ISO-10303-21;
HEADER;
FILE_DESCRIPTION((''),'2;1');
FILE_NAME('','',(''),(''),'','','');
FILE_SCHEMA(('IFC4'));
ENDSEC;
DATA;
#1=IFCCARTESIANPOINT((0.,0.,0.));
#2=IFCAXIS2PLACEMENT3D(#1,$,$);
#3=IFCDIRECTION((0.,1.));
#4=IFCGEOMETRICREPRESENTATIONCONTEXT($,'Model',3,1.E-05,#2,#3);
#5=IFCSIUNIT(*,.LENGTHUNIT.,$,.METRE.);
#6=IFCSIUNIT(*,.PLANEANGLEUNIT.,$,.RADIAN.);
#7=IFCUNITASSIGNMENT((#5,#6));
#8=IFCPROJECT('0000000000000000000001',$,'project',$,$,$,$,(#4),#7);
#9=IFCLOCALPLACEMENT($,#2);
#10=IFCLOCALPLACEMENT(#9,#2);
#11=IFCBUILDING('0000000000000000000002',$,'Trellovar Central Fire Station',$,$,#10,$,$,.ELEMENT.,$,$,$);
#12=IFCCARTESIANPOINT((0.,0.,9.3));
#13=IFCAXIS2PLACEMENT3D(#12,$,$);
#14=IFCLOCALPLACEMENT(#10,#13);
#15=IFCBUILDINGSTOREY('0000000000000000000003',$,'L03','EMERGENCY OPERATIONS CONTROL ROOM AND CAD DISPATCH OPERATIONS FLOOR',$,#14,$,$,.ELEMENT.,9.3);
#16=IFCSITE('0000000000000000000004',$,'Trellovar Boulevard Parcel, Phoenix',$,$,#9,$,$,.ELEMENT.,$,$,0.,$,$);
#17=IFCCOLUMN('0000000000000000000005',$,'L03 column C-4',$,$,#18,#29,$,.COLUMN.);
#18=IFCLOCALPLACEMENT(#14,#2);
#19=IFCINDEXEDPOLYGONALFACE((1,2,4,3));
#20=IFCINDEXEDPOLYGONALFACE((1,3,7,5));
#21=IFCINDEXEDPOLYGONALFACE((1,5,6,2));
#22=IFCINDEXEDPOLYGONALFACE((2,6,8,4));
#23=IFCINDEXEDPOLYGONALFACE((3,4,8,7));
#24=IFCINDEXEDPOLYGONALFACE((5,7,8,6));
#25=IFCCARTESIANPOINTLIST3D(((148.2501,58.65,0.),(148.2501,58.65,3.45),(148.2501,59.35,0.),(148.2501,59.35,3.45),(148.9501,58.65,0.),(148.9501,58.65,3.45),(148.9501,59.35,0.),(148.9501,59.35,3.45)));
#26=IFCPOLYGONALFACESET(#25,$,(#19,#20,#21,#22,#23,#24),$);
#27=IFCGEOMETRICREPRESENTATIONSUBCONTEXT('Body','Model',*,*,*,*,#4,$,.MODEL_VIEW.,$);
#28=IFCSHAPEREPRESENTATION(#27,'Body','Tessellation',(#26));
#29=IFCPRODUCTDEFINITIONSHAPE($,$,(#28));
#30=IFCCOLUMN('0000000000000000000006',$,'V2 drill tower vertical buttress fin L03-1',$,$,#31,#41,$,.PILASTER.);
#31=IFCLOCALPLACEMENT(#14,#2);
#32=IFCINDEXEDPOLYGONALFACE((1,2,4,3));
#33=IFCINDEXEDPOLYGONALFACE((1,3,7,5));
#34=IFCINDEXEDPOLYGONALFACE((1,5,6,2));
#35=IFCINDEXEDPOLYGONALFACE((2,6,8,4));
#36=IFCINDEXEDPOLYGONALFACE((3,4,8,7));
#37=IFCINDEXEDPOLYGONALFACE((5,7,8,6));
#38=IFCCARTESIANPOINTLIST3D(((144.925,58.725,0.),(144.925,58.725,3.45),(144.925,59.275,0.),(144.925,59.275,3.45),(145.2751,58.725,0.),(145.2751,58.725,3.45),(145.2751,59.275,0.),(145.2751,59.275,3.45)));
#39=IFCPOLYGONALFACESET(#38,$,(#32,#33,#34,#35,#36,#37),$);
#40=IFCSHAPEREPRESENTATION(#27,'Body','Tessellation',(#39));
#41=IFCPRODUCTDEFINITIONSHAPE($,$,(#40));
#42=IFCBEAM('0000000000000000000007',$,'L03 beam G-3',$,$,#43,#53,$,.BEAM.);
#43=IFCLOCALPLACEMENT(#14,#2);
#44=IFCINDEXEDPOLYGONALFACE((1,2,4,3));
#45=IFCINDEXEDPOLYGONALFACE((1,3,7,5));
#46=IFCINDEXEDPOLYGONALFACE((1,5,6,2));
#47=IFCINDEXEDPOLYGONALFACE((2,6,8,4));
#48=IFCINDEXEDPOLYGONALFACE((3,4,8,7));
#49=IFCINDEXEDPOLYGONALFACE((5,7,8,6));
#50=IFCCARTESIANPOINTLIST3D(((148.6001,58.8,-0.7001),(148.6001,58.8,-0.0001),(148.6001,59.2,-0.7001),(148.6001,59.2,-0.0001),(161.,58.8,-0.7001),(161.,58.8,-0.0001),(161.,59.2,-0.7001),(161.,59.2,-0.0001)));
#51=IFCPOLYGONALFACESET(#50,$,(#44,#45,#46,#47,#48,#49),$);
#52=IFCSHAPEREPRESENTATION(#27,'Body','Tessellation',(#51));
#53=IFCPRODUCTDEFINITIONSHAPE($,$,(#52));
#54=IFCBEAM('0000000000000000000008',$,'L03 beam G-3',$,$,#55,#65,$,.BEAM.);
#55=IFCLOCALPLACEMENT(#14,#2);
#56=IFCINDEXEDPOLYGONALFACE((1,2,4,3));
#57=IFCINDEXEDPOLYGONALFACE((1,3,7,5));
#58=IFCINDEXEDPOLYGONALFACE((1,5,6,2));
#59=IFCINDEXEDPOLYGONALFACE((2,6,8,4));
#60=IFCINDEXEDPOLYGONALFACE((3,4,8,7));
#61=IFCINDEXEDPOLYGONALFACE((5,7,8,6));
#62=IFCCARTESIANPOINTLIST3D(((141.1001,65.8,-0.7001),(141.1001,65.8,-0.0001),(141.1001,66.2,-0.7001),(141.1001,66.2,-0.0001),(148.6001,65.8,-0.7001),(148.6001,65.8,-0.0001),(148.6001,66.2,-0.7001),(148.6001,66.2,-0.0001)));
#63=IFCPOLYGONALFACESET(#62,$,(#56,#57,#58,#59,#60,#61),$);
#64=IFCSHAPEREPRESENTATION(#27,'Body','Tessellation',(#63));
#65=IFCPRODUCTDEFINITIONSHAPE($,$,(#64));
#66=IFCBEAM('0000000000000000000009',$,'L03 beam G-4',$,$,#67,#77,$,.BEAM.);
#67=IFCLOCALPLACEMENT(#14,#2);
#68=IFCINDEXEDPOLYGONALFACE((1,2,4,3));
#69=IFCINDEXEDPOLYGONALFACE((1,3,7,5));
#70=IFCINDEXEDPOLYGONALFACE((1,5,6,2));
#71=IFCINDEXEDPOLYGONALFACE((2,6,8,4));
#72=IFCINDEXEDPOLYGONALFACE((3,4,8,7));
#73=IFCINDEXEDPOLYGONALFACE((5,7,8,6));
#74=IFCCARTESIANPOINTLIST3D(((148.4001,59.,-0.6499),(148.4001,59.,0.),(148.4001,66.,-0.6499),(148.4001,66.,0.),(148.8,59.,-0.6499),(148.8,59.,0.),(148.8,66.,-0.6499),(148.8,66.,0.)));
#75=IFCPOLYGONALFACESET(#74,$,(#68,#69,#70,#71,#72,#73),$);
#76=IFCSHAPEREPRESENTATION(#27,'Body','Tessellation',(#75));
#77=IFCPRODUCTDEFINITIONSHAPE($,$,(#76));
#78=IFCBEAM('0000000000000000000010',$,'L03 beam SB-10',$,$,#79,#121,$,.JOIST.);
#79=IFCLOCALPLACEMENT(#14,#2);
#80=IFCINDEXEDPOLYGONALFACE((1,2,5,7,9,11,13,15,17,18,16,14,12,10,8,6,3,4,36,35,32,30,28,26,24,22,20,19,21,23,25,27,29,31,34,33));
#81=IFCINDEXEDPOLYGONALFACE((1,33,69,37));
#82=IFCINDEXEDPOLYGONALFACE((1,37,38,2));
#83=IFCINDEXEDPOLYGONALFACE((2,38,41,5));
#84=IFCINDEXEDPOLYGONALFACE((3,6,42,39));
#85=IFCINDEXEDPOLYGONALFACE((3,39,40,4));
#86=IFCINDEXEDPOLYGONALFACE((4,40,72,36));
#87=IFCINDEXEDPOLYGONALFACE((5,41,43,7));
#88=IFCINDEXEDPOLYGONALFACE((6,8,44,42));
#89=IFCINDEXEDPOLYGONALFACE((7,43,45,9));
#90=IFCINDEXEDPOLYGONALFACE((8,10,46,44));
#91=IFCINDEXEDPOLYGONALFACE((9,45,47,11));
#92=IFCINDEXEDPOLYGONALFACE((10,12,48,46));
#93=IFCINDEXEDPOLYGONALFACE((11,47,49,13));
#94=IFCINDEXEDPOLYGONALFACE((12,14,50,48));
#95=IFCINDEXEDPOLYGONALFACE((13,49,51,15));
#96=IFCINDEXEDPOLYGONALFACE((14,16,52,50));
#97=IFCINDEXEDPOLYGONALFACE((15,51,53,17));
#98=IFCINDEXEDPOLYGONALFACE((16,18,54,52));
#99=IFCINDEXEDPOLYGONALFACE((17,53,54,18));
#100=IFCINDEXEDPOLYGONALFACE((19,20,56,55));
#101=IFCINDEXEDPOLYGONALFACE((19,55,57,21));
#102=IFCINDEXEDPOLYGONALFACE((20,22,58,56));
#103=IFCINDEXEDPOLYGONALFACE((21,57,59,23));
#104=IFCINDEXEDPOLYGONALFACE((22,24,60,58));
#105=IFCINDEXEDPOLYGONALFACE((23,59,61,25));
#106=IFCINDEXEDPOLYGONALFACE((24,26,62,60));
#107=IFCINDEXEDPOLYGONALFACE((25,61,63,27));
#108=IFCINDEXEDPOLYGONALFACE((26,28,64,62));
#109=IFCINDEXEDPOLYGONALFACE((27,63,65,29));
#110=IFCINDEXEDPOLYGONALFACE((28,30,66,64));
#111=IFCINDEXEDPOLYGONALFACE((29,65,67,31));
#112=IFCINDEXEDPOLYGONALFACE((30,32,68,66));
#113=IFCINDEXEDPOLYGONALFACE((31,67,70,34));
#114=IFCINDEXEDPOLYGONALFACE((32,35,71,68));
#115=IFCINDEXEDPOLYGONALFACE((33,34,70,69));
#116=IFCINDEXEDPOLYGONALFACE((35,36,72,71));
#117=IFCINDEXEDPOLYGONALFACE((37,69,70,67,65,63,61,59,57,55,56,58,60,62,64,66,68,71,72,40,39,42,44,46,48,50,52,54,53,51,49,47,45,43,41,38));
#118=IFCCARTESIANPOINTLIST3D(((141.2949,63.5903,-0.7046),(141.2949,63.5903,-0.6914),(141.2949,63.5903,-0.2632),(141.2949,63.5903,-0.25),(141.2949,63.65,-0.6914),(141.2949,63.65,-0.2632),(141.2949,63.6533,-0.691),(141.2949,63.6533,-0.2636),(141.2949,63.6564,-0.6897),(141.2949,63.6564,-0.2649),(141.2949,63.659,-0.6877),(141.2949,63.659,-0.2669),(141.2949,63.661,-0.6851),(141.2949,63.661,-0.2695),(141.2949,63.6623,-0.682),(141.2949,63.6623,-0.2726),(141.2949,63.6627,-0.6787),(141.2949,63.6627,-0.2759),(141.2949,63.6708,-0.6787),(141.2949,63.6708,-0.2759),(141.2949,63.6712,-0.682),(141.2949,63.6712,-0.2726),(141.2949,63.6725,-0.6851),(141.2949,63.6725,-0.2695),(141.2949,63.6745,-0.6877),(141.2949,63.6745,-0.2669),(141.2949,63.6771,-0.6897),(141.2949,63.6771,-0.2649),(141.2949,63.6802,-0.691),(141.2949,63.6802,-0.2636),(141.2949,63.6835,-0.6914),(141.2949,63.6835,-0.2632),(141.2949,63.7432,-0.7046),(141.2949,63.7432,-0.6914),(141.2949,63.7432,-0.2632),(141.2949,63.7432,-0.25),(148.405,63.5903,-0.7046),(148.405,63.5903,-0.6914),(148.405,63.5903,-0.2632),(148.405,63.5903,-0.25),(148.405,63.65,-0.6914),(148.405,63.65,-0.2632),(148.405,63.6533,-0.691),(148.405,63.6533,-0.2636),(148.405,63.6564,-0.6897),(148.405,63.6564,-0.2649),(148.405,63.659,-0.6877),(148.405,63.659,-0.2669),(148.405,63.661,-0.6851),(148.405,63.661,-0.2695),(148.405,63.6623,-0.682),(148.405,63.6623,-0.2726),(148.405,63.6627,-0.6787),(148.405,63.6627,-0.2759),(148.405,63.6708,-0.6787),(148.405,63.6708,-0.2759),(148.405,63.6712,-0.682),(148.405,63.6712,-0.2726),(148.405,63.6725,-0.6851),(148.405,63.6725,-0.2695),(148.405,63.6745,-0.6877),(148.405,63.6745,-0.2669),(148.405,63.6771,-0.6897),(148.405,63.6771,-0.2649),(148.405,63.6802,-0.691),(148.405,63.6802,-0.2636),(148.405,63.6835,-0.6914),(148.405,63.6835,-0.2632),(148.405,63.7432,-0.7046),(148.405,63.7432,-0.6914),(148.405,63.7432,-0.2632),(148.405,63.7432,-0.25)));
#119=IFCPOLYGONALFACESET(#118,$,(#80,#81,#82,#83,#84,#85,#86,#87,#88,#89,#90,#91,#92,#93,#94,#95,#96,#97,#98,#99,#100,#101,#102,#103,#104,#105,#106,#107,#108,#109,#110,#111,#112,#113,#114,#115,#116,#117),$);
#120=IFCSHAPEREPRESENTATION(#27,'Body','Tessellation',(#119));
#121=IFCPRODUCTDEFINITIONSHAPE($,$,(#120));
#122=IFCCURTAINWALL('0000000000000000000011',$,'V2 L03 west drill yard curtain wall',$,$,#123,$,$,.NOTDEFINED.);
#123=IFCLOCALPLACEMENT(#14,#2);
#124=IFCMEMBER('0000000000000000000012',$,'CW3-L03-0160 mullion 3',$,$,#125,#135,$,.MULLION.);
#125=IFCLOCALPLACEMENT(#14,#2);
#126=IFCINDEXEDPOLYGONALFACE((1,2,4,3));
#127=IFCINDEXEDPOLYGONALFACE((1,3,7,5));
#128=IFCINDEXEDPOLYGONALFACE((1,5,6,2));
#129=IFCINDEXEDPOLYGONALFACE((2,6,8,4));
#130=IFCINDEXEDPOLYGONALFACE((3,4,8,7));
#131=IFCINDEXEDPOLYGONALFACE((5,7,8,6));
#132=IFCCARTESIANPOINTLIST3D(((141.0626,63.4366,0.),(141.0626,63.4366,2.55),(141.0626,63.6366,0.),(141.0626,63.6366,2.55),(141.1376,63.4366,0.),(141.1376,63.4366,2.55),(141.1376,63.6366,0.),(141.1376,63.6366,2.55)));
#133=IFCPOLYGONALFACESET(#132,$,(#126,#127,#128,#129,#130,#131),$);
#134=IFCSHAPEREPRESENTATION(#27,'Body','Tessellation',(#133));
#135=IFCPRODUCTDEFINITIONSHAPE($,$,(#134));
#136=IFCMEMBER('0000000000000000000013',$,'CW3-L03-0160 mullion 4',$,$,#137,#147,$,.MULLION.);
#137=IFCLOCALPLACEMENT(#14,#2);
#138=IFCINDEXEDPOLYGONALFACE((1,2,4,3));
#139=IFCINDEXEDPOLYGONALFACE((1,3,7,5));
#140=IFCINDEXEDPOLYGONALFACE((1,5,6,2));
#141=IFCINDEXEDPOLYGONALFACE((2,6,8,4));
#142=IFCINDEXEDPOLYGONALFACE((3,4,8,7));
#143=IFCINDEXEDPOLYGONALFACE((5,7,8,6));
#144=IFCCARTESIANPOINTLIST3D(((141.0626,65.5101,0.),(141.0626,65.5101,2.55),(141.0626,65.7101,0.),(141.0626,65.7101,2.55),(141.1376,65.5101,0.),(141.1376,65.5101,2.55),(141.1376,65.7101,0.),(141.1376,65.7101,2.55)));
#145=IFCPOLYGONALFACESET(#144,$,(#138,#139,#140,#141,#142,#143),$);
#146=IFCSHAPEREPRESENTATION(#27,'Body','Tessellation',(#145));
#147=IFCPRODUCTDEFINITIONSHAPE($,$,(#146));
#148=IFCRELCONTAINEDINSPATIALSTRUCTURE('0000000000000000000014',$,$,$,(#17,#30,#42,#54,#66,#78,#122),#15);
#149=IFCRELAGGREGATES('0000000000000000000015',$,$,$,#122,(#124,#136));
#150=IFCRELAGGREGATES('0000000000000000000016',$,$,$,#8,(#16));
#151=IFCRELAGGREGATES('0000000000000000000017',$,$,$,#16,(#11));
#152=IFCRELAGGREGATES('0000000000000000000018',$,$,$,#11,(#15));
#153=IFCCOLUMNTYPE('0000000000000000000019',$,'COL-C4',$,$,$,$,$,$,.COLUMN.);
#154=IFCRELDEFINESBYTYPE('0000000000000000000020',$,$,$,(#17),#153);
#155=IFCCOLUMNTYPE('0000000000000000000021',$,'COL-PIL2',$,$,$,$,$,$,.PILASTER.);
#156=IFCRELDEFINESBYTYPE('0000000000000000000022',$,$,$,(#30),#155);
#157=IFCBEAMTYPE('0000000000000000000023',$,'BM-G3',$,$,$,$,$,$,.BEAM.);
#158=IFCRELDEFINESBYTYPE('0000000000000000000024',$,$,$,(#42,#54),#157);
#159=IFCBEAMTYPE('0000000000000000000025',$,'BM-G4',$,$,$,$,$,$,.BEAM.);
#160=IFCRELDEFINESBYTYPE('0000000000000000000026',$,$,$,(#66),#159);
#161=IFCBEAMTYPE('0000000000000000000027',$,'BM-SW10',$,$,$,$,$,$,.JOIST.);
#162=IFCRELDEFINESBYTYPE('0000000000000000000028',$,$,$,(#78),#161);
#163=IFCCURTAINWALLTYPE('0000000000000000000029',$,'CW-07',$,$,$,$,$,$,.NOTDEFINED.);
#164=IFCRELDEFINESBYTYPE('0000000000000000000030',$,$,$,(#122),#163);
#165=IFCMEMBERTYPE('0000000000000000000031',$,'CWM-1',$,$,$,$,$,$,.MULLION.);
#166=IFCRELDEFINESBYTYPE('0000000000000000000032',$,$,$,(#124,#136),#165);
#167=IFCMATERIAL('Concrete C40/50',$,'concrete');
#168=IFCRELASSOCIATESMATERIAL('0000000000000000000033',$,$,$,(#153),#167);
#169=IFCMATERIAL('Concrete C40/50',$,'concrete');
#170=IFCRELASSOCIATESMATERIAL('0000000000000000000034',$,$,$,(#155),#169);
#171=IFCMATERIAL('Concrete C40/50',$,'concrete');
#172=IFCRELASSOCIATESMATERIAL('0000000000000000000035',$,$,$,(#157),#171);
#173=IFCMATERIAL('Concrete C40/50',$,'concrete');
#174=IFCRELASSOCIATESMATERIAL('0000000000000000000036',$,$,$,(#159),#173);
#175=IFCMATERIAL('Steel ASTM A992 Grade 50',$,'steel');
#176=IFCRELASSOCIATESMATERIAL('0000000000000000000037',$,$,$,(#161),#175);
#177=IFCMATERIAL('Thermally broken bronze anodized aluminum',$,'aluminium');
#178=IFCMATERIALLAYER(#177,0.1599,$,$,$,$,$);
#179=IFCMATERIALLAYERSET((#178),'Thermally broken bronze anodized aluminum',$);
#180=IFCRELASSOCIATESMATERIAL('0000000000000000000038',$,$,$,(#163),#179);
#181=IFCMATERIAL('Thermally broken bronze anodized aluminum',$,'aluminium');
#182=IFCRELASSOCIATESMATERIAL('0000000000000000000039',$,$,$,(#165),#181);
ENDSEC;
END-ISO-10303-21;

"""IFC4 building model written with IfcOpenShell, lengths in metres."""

from ifc_helpers import new_model, si_unit, direction, frame, origin, origin_2d, place, context, subcontext, project, spatial, rectangle, i_section, extrude, material, layer, layer_set, material_profile, profile_set, type_object, element, aggregate, save


model = new_model("IFC4")

# Units and contexts
model_context = context("Model", 3, precision=1e-05, world=origin(), true_north=direction((0.0, 1.0)))
body_context = subcontext(model_context, "Body", "Model", "MODEL_VIEW")
ifc_project = project(units=[si_unit("LENGTHUNIT", "METRE"), si_unit("PLANEANGLEUNIT", "RADIAN")], contexts=[model_context])

# Site, building, storey
site_placement = place(None, origin())
site = spatial("IfcSite", under=ifc_project, at=site_placement, Name="Trellovar Boulevard Parcel, Phoenix", CompositionType="ELEMENT", RefElevation=0.0)
building_placement = place(site_placement, origin())
building = spatial("IfcBuilding", under=site, at=building_placement, Name="Trellovar Central Fire Station", CompositionType="ELEMENT")
storey_placement = place(building_placement, frame((0.0, 0.0, 9.3)))
storey = spatial("IfcBuildingStorey", under=building, at=storey_placement, Name="L03", Description="EMERGENCY OPERATIONS CONTROL ROOM AND CAD DISPATCH OPERATIONS FLOOR", CompositionType="ELEMENT", Elevation=9.3)

# Columns
ifc_material_1 = material(Name="Concrete C40/50", Category="concrete")
ifc_material_profile_1 = material_profile(ifc_material_1, rectangle(XDim=0.7, YDim=0.7, at=origin_2d()), Name="RC700X700")
ifc_profile_set_1 = profile_set([ifc_material_profile_1], Name="Concrete C40/50")
column_type_1 = type_object("IfcColumnType", Name="COL-C4", PredefinedType="COLUMN", material=ifc_profile_set_1)
column_1_placement = place(storey_placement, frame((148.6001, 59.0, 0.0), z_axis=(0.0, 0.0, 1.0), x_axis=(1.0, 0.0, 0.0)))
element("IfcColumn", 1, at=column_1_placement, inside=storey, type_object=column_type_1, Name="L03 column C-4", PredefinedType="COLUMN", context=body_context, shape_type="SweptSolid", body=[
    extrude(rectangle(XDim=0.7, YDim=0.7, at=origin_2d()), origin(), (0.0, 0.0, 1.0), 3.45),
])
ifc_material_2 = material(Name="Concrete C40/50", Category="concrete")
ifc_material_profile_2 = material_profile(ifc_material_2, rectangle(XDim=0.3501, YDim=0.55, at=origin_2d()), Name="RC350X550")
ifc_profile_set_2 = profile_set([ifc_material_profile_2], Name="Concrete C40/50")
column_type_2 = type_object("IfcColumnType", Name="COL-PIL2", PredefinedType="PILASTER", material=ifc_profile_set_2)
column_2_placement = place(storey_placement, frame((145.1001, 59.0, 0.0), z_axis=(0.0, 0.0, 1.0), x_axis=(1.0, 0.0, 0.0)))
element("IfcColumn", 2, at=column_2_placement, inside=storey, type_object=column_type_2, Name="V2 drill tower vertical buttress fin L03-1", PredefinedType="PILASTER", context=body_context, shape_type="SweptSolid", body=[
    extrude(rectangle(XDim=0.3501, YDim=0.55, at=origin_2d()), origin(), (0.0, 0.0, 1.0), 3.45),
])

# Beams
ifc_material_3 = material(Name="Concrete C40/50", Category="concrete")
ifc_material_profile_3 = material_profile(ifc_material_3, rectangle(XDim=0.3999, YDim=0.7, at=origin_2d()), Name="RC400X700")
ifc_profile_set_3 = profile_set([ifc_material_profile_3], Name="Concrete C40/50")
beam_type_1 = type_object("IfcBeamType", Name="BM-G3", PredefinedType="BEAM", material=ifc_profile_set_3)
beam_1_placement = place(storey_placement, frame((148.6001, 59.0, -0.3501), z_axis=(1.0, 0.0, 0.0), x_axis=(0.0, 1.0, 0.0)))
element("IfcBeam", 3, at=beam_1_placement, inside=storey, type_object=beam_type_1, Name="L03 beam G-3", PredefinedType="BEAM", context=body_context, shape_type="SweptSolid", body=[
    extrude(rectangle(XDim=0.3999, YDim=0.7, at=origin_2d()), origin(), (0.0, 0.0, 1.0), 12.3999),
])
beam_2_placement = place(storey_placement, frame((141.1001, 66.0, -0.3501), z_axis=(1.0, 0.0, 0.0), x_axis=(0.0, 1.0, 0.0)))
element("IfcBeam", 4, at=beam_2_placement, inside=storey, type_object=beam_type_1, Name="L03 beam G-3", PredefinedType="BEAM", context=body_context, shape_type="SweptSolid", body=[
    extrude(rectangle(XDim=0.3999, YDim=0.7, at=origin_2d()), origin(), (0.0, 0.0, 1.0), 7.5),
])
ifc_material_4 = material(Name="Concrete C40/50", Category="concrete")
ifc_material_profile_4 = material_profile(ifc_material_4, rectangle(XDim=0.3999, YDim=0.6499, at=origin_2d()), Name="RC400X650")
ifc_profile_set_4 = profile_set([ifc_material_profile_4], Name="Concrete C40/50")
beam_type_2 = type_object("IfcBeamType", Name="BM-G4", PredefinedType="BEAM", material=ifc_profile_set_4)
beam_3_placement = place(storey_placement, frame((148.6001, 59.0, -0.325), z_axis=(0.0, 1.0, 0.0), x_axis=(-1.0, 0.0, 0.0)))
element("IfcBeam", 5, at=beam_3_placement, inside=storey, type_object=beam_type_2, Name="L03 beam G-4", PredefinedType="BEAM", context=body_context, shape_type="SweptSolid", body=[
    extrude(rectangle(XDim=0.3999, YDim=0.6499, at=origin_2d()), origin(), (0.0, 0.0, 1.0), 7.0),
])
ifc_material_5 = material(Name="Steel ASTM A992 Grade 50", Category="steel")
ifc_material_profile_5 = material_profile(ifc_material_5, i_section(OverallWidth=0.1528, OverallDepth=0.4546, WebThickness=0.0081, FlangeThickness=0.0132, FilletRadius=0.0127, at=origin_2d()), Name="W18X40")
ifc_profile_set_5 = profile_set([ifc_material_profile_5], Name="Steel ASTM A992 Grade 50")
beam_type_3 = type_object("IfcBeamType", Name="BM-SW10", PredefinedType="JOIST", material=ifc_profile_set_5)
beam_4_placement = place(storey_placement, frame((141.2949, 63.6667, -0.4773), z_axis=(1.0, 0.0, 0.0), x_axis=(0.0, 1.0, 0.0)))
element("IfcBeam", 6, at=beam_4_placement, inside=storey, type_object=beam_type_3, Name="L03 beam SB-10", PredefinedType="JOIST", context=body_context, shape_type="SweptSolid", body=[
    extrude(i_section(OverallWidth=0.1528, OverallDepth=0.4546, WebThickness=0.0081, FlangeThickness=0.0132, FilletRadius=0.0127, at=origin_2d()), origin(), (0.0, 0.0, 1.0), 7.1101),
])

# Curtain wall, members
ifc_material_6 = material(Name="Thermally broken bronze anodized aluminum", Category="aluminium")
ifc_layer_1 = layer(ifc_material_6, 0.1599)
ifc_layer_set_1 = layer_set([ifc_layer_1], Name="Thermally broken bronze anodized aluminum")
curtain_wall_type = type_object("IfcCurtainWallType", Name="CW-07", PredefinedType="NOTDEFINED", material=ifc_layer_set_1)
curtain_wall_placement = place(storey_placement, origin())
curtain_wall = element("IfcCurtainWall", 7, at=curtain_wall_placement, inside=storey, type_object=curtain_wall_type, Name="V2 L03 west drill yard curtain wall", PredefinedType="NOTDEFINED")
ifc_material_7 = material(Name="Thermally broken bronze anodized aluminum", Category="aluminium")
ifc_material_profile_6 = material_profile(ifc_material_7, rectangle(XDim=0.075, YDim=0.2, at=origin_2d()), Name="ALU75X200")
ifc_profile_set_6 = profile_set([ifc_material_profile_6], Name="Thermally broken bronze anodized aluminum")
member_type_1 = type_object("IfcMemberType", Name="CWM-1", PredefinedType="MULLION", material=ifc_profile_set_6)
member_1_placement = place(storey_placement, frame((141.1001, 63.5366, 0.0), z_axis=(0.0, 0.0, 1.0), x_axis=(1.0, 0.0, 0.0)))
member_1 = element("IfcMember", 8, at=member_1_placement, type_object=member_type_1, Name="CW3-L03-0160 mullion 3", PredefinedType="MULLION", context=body_context, shape_type="SweptSolid", body=[
    extrude(rectangle(XDim=0.075, YDim=0.2, at=origin_2d()), origin(), (0.0, 0.0, 1.0), 2.55),
])
member_2_placement = place(storey_placement, frame((141.1001, 65.6101, 0.0), z_axis=(0.0, 0.0, 1.0), x_axis=(1.0, 0.0, 0.0)))
member_2 = element("IfcMember", 9, at=member_2_placement, type_object=member_type_1, Name="CW3-L03-0160 mullion 4", PredefinedType="MULLION", context=body_context, shape_type="SweptSolid", body=[
    extrude(rectangle(XDim=0.075, YDim=0.2, at=origin_2d()), origin(), (0.0, 0.0, 1.0), 2.55),
])

aggregate(curtain_wall, [member_1, member_2])

save(model, "model.ifc")
